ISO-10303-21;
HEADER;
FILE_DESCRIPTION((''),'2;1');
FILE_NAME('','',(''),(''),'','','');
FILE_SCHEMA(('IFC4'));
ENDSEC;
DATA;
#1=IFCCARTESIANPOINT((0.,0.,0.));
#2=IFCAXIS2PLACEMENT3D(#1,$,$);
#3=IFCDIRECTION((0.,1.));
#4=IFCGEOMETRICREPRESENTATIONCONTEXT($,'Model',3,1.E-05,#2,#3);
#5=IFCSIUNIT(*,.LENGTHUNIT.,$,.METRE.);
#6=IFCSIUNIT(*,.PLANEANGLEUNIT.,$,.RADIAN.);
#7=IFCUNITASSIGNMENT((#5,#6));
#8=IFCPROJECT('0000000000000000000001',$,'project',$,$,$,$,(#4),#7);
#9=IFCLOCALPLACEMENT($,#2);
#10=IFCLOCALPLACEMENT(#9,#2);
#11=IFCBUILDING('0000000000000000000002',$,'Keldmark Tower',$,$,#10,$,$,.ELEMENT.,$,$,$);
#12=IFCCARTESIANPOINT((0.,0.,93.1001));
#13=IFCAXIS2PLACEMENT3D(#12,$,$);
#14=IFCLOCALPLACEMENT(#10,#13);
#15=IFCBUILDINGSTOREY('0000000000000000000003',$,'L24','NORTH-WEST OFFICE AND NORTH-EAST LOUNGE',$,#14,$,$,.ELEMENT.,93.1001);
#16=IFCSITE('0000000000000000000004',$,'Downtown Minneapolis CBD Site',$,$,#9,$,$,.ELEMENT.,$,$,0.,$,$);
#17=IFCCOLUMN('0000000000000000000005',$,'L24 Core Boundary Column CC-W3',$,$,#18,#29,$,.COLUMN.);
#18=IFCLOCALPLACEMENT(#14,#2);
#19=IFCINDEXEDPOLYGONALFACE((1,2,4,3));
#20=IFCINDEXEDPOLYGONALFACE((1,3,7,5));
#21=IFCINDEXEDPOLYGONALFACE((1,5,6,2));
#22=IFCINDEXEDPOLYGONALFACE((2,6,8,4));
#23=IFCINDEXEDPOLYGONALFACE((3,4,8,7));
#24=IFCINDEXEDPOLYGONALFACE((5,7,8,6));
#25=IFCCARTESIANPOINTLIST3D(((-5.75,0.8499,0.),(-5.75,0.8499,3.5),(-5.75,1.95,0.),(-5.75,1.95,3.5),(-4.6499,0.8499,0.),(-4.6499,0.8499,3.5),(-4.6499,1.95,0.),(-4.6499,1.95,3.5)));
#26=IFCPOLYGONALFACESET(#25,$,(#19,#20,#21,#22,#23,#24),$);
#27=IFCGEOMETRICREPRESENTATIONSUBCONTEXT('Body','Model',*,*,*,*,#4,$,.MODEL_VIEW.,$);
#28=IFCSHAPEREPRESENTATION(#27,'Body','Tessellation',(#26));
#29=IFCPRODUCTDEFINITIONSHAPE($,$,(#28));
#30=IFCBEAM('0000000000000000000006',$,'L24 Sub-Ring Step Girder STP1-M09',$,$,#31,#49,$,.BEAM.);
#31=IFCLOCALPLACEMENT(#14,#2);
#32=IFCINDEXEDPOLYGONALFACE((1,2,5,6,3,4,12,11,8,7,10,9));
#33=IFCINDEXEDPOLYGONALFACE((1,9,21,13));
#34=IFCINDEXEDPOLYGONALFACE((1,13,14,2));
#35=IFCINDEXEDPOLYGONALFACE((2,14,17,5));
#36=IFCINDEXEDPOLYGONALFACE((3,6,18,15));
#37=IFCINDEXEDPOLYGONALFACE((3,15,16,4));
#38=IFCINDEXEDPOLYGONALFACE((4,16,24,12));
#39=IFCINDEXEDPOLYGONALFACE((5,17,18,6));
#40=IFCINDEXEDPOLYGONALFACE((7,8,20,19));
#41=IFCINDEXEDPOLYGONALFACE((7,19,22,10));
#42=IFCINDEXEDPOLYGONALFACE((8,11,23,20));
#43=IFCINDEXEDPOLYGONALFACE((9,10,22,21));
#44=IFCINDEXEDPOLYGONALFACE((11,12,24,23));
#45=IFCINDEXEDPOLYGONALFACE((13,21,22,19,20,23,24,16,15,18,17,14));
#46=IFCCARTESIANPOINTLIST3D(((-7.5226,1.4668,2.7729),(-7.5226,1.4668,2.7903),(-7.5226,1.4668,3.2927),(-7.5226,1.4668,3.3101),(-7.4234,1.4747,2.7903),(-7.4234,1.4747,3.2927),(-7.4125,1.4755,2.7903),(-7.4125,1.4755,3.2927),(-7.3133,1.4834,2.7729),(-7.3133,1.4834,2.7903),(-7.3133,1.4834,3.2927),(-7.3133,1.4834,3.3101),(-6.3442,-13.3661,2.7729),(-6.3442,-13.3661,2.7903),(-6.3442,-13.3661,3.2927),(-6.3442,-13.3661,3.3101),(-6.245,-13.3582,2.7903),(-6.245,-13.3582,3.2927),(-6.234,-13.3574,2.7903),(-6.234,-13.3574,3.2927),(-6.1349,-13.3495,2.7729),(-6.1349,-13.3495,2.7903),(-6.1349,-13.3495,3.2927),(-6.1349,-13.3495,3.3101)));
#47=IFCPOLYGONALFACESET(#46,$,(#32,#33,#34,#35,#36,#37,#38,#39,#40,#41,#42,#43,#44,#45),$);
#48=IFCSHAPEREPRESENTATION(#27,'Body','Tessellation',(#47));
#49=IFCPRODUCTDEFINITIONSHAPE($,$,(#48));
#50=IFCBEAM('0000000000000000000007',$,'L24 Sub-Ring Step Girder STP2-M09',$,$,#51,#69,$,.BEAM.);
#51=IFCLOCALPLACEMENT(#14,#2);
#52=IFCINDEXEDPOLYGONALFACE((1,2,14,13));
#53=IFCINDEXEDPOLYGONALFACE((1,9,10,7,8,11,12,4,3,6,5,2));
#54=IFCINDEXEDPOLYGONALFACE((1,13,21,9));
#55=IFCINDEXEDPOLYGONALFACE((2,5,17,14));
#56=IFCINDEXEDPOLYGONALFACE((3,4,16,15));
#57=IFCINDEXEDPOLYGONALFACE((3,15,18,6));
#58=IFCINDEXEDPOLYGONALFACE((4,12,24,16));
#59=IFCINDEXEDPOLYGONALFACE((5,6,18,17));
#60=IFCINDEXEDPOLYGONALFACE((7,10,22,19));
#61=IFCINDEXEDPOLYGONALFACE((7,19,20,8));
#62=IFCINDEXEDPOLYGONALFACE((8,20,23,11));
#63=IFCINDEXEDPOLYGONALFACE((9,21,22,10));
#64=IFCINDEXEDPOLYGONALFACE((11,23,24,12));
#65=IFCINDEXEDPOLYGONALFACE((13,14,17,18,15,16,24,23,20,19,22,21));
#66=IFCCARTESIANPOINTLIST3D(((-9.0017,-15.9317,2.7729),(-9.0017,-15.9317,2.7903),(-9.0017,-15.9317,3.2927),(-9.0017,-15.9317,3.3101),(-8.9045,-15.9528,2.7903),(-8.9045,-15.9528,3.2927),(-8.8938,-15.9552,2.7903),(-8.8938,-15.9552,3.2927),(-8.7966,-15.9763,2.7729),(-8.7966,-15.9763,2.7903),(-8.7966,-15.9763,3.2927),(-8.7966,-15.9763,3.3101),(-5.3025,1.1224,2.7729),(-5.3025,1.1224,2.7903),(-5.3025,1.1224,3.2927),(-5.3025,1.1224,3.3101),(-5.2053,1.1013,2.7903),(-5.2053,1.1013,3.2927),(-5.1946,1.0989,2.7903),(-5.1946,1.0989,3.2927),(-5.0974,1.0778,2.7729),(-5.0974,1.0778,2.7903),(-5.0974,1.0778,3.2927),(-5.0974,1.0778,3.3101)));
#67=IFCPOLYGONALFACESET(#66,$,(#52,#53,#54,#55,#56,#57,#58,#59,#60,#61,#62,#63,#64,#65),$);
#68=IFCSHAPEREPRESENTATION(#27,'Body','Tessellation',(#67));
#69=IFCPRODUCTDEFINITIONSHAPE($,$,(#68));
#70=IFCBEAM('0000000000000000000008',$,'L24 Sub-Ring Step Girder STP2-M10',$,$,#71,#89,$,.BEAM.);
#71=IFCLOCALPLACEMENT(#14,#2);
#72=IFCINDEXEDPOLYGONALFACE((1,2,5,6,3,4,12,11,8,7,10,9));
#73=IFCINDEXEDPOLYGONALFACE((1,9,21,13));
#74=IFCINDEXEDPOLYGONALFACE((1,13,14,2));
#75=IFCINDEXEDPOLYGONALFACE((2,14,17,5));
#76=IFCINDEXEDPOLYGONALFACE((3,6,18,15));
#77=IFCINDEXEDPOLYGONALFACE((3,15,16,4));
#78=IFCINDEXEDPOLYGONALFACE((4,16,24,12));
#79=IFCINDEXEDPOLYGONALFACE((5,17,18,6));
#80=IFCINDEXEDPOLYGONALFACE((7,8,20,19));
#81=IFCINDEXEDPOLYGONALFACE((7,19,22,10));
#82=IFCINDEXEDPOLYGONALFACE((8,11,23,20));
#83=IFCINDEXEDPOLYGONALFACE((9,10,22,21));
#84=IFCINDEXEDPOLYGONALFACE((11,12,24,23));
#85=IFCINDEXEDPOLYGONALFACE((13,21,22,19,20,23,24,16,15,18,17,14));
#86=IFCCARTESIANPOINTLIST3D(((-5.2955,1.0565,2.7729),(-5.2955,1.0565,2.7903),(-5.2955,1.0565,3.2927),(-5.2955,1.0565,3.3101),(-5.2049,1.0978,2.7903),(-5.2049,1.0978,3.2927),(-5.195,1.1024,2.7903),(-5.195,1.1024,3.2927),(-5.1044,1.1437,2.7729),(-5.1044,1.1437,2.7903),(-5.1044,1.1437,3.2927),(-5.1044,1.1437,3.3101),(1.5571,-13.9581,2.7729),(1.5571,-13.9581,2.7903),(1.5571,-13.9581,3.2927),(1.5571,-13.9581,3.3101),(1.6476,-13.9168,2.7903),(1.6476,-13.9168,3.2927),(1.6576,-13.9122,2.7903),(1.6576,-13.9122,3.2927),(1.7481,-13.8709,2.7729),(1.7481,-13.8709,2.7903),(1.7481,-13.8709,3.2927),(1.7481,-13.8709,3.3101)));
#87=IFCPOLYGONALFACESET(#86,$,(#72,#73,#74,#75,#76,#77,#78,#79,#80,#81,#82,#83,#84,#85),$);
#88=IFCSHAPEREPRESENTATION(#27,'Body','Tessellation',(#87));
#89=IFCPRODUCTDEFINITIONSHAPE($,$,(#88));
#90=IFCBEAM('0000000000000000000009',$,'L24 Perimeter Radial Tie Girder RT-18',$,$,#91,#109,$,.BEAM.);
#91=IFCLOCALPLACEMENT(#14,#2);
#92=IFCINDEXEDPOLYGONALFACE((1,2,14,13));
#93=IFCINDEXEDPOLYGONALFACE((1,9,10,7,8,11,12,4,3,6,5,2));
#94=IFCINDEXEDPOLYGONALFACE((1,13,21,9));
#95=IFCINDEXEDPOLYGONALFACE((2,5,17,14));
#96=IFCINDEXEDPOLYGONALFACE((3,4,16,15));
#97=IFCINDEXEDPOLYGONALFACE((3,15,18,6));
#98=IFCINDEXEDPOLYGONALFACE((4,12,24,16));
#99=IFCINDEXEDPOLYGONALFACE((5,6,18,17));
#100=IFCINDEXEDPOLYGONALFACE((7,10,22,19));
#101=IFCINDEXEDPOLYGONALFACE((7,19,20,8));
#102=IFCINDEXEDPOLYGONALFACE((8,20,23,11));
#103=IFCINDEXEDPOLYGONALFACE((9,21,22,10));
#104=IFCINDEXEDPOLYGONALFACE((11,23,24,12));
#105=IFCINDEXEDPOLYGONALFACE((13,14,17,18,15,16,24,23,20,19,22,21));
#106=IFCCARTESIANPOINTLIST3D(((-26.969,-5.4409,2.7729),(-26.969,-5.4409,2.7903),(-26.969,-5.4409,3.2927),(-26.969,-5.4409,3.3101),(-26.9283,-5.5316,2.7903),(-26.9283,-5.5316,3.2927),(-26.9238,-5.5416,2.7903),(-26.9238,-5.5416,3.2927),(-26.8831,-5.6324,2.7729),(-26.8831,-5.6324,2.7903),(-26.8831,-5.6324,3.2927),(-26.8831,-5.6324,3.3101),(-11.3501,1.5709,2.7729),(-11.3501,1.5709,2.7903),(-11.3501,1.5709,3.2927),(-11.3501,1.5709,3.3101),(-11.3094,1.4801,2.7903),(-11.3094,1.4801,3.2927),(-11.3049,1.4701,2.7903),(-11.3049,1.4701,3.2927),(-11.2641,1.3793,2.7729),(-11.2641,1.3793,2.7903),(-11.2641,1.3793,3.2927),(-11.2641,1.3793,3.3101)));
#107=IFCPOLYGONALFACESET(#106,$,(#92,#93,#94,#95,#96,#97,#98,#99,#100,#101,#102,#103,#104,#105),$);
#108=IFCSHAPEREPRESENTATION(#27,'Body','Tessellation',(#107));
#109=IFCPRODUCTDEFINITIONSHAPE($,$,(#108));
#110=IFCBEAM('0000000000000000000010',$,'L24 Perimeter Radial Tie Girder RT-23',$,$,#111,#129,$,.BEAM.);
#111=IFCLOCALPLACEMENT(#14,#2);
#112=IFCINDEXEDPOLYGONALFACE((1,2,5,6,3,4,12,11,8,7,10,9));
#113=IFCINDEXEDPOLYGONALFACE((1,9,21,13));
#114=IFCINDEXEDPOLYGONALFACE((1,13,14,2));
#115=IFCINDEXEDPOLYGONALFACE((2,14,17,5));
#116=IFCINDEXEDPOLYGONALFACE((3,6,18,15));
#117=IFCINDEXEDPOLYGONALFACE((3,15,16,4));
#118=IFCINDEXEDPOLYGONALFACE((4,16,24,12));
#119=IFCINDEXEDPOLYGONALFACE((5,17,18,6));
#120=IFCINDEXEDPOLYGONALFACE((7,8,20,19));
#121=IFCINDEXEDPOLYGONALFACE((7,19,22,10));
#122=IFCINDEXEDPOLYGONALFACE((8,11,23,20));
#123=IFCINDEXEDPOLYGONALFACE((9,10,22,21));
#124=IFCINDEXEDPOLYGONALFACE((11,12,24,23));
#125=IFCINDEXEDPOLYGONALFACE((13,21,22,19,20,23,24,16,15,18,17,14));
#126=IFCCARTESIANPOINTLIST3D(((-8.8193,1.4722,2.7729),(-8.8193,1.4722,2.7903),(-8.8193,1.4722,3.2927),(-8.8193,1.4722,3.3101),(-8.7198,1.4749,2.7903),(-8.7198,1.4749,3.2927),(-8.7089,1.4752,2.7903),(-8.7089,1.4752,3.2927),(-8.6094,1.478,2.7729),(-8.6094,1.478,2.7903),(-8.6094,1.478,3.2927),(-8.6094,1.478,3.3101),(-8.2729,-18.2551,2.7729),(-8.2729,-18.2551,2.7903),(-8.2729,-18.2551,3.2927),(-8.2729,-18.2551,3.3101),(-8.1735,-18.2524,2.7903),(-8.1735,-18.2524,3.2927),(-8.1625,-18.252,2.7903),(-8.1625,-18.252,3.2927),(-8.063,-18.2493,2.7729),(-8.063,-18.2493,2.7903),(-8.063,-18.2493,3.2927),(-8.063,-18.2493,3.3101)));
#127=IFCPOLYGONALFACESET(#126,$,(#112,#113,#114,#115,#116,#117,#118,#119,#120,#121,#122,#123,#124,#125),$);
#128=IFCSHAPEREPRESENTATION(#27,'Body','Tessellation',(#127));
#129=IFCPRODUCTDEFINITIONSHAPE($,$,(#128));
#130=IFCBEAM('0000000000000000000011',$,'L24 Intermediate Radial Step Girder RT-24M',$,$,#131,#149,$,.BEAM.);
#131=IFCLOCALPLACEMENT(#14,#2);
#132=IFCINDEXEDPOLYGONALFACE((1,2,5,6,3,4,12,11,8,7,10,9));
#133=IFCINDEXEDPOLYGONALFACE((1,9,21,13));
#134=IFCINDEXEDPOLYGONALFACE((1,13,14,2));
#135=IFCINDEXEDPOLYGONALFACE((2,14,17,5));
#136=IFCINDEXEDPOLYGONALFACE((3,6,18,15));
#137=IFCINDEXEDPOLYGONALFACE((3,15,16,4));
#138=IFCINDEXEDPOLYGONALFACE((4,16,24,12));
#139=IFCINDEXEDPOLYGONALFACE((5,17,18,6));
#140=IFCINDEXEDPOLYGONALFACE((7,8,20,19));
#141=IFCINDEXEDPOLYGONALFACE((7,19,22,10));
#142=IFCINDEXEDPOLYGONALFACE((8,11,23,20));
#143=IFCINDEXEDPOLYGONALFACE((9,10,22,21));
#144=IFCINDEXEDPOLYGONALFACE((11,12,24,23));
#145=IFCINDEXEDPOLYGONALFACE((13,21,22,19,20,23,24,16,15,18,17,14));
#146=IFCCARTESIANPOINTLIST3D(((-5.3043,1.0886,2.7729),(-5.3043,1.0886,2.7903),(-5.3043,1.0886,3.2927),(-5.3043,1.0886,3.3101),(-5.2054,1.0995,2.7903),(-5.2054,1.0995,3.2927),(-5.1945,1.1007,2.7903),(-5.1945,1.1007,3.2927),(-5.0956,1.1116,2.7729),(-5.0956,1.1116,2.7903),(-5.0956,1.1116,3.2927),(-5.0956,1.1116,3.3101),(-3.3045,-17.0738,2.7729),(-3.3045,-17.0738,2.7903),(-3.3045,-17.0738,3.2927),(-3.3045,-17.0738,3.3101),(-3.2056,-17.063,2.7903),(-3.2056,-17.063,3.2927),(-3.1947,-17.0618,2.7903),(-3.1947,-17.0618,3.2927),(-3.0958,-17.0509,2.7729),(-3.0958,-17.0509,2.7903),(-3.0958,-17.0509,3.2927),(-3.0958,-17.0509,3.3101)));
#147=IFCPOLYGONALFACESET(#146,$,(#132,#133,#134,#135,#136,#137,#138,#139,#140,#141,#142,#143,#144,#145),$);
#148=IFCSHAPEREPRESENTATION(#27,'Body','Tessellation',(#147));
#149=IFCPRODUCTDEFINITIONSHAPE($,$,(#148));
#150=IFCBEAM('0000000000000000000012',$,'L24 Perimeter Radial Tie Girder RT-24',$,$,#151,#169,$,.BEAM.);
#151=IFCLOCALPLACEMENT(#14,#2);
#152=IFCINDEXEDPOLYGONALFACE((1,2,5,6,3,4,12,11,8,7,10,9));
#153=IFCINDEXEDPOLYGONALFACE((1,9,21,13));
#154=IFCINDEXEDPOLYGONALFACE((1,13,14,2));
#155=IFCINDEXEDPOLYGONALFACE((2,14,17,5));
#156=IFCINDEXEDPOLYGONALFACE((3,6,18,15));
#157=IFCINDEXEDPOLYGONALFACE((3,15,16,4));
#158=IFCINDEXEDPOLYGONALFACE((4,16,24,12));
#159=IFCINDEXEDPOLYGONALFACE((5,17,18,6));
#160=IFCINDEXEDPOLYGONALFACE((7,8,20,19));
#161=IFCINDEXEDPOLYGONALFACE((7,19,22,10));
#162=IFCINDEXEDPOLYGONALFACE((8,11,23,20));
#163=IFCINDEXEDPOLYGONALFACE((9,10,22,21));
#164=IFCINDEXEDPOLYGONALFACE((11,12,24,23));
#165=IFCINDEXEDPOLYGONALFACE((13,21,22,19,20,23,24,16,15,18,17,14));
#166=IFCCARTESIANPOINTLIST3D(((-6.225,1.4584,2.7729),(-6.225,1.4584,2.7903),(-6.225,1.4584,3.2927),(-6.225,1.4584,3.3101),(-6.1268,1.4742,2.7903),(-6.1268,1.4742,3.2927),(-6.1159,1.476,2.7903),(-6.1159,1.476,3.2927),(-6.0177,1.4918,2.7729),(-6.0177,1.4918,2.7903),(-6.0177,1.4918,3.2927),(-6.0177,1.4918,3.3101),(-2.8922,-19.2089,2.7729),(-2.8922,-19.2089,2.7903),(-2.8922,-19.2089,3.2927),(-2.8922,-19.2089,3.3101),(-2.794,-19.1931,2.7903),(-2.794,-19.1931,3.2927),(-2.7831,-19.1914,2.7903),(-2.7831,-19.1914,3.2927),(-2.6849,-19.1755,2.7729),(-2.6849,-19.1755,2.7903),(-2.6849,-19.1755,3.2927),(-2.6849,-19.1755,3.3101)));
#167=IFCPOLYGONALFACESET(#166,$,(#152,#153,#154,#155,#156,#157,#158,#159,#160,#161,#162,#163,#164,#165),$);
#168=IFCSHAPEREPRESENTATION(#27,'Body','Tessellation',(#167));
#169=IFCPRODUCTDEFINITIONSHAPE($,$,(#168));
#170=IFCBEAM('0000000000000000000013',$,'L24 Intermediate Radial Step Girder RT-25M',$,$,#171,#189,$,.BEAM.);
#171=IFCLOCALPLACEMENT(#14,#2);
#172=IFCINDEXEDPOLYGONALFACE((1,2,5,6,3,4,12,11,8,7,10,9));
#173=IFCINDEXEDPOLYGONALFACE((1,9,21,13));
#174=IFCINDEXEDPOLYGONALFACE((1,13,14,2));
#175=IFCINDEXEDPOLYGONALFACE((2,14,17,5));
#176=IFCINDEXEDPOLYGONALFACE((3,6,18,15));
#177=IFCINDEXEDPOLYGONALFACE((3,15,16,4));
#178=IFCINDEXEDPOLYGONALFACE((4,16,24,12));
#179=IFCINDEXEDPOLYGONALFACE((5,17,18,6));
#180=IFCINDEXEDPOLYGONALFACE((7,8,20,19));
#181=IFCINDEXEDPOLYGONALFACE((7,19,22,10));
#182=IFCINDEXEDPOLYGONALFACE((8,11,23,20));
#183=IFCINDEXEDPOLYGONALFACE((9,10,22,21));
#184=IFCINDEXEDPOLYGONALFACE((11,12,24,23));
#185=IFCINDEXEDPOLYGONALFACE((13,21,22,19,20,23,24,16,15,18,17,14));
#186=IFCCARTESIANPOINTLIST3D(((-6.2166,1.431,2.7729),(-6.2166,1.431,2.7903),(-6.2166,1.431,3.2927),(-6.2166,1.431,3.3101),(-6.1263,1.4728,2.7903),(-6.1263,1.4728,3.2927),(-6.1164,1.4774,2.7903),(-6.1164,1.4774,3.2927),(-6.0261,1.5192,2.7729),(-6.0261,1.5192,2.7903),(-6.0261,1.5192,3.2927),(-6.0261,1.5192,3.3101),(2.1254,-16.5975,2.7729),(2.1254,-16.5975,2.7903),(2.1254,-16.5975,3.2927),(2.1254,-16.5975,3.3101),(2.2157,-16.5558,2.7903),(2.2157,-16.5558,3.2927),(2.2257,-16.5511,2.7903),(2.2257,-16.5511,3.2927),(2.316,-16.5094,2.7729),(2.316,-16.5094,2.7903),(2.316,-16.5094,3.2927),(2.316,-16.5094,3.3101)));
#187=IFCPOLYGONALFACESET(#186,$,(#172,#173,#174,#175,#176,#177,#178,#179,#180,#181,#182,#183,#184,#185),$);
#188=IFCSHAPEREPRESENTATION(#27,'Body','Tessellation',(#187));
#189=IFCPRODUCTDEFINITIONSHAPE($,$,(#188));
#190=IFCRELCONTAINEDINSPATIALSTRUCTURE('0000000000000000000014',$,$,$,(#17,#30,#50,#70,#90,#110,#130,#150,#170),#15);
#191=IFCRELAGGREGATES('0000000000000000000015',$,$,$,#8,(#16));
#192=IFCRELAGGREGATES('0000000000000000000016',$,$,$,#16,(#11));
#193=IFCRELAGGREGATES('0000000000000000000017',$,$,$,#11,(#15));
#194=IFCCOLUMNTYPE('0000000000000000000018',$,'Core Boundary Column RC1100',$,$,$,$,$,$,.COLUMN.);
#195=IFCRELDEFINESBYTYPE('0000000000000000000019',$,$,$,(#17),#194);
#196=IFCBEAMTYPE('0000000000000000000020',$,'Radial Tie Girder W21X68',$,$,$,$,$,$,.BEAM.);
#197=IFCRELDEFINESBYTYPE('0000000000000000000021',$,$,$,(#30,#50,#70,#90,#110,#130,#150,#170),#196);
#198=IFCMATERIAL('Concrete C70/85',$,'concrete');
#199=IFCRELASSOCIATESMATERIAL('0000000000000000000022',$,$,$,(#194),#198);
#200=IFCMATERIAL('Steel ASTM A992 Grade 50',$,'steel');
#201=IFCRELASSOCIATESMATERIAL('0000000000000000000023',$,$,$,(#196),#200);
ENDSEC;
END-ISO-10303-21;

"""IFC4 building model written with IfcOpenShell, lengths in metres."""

from ifc_helpers import new_model, si_unit, direction, frame, origin, origin_2d, place, context, subcontext, project, spatial, rectangle, i_section, extrude, material, material_profile, profile_set, type_object, element, save


model = new_model("IFC4")

# Units and contexts
model_context = context("Model", 3, precision=1e-05, world=origin(), true_north=direction((0.0, 1.0)))
body_context = subcontext(model_context, "Body", "Model", "MODEL_VIEW")
ifc_project = project(units=[si_unit("LENGTHUNIT", "METRE"), si_unit("PLANEANGLEUNIT", "RADIAN")], contexts=[model_context])

# Site, building, storey
site_placement = place(None, origin())
site = spatial("IfcSite", under=ifc_project, at=site_placement, Name="Downtown Minneapolis CBD Site", CompositionType="ELEMENT", RefElevation=0.0)
building_placement = place(site_placement, origin())
building = spatial("IfcBuilding", under=site, at=building_placement, Name="Keldmark Tower", CompositionType="ELEMENT")
storey_placement = place(building_placement, frame((0.0, 0.0, 93.1001)))
storey = spatial("IfcBuildingStorey", under=building, at=storey_placement, Name="L24", Description="NORTH-WEST OFFICE AND NORTH-EAST LOUNGE", CompositionType="ELEMENT", Elevation=93.1001)

# Column
ifc_material_1 = material(Name="Concrete C70/85", Category="concrete")
ifc_material_profile_1 = material_profile(ifc_material_1, rectangle(XDim=1.1001, YDim=1.1001, at=origin_2d()), Name="RC1100X1100")
ifc_profile_set_1 = profile_set([ifc_material_profile_1], Name="Concrete C70/85")
column_type = type_object("IfcColumnType", Name="Core Boundary Column RC1100", PredefinedType="COLUMN", material=ifc_profile_set_1)
column_placement = place(storey_placement, frame((-5.2, 1.3999, 0.0), z_axis=(0.0, 0.0, 1.0), x_axis=(1.0, 0.0, 0.0)))
element("IfcColumn", 1, at=column_placement, inside=storey, type_object=column_type, Name="L24 Core Boundary Column CC-W3", PredefinedType="COLUMN", context=body_context, shape_type="SweptSolid", body=[
    extrude(rectangle(XDim=1.1001, YDim=1.1001, at=origin_2d()), origin(), (0.0, 0.0, 1.0), 3.5),
])

# Beams
ifc_material_2 = material(Name="Steel ASTM A992 Grade 50", Category="steel")
ifc_material_profile_2 = material_profile(ifc_material_2, i_section(OverallWidth=0.21, OverallDepth=0.5371, WebThickness=0.011, FlangeThickness=0.0173, at=origin_2d()), Name="W21X68")
ifc_profile_set_2 = profile_set([ifc_material_profile_2], Name="Steel ASTM A992 Grade 50")
beam_type = type_object("IfcBeamType", Name="Radial Tie Girder W21X68", PredefinedType="BEAM", material=ifc_profile_set_2)
beam_1_placement = place(storey_placement, frame((-7.418, 1.4751, 3.0415), z_axis=(0.079199, -0.996859, 0.0), x_axis=(0.996859, 0.079199, 0.0)))
element("IfcBeam", 2, at=beam_1_placement, inside=storey, type_object=beam_type, Name="L24 Sub-Ring Step Girder STP1-M09", PredefinedType="BEAM", context=body_context, shape_type="SweptSolid", body=[
    extrude(i_section(OverallWidth=0.21, OverallDepth=0.5371, WebThickness=0.011, FlangeThickness=0.0173, at=origin_2d()), origin(), (0.0, 0.0, 1.0), 14.8796),
])
beam_2_placement = place(storey_placement, frame((-5.2, 1.1001, 3.0415), z_axis=(-0.21198, -0.977274, 0.0), x_axis=(0.977274, -0.21198, 0.0)))
element("IfcBeam", 3, at=beam_2_placement, inside=storey, type_object=beam_type, Name="L24 Sub-Ring Step Girder STP2-M09", PredefinedType="BEAM", context=body_context, shape_type="SweptSolid", body=[
    extrude(i_section(OverallWidth=0.21, OverallDepth=0.5371, WebThickness=0.011, FlangeThickness=0.0173, at=origin_2d()), origin(), (0.0, 0.0, 1.0), 17.4507),
])
beam_3_placement = place(storey_placement, frame((-5.2, 1.1001, 3.0415), z_axis=(0.415193, -0.909733, 0.0), x_axis=(0.909733, 0.415193, 0.0)))
element("IfcBeam", 4, at=beam_3_placement, inside=storey, type_object=beam_type, Name="L24 Sub-Ring Step Girder STP2-M10", PredefinedType="BEAM", context=body_context, shape_type="SweptSolid", body=[
    extrude(i_section(OverallWidth=0.21, OverallDepth=0.5371, WebThickness=0.011, FlangeThickness=0.0173, at=origin_2d()), origin(), (0.0, 0.0, 1.0), 16.5044),
])
beam_4_placement = place(storey_placement, frame((-11.3071, 1.4751, 3.0415), z_axis=(-0.912288, -0.409549, 0.0), x_axis=(0.409549, -0.912288, 0.0)))
element("IfcBeam", 5, at=beam_4_placement, inside=storey, type_object=beam_type, Name="L24 Perimeter Radial Tie Girder RT-18", PredefinedType="BEAM", context=body_context, shape_type="SweptSolid", body=[
    extrude(i_section(OverallWidth=0.21, OverallDepth=0.5371, WebThickness=0.011, FlangeThickness=0.0173, at=origin_2d()), origin(), (0.0, 0.0, 1.0), 17.1206),
])
beam_5_placement = place(storey_placement, frame((-8.7144, 1.4751, 3.0415), z_axis=(0.027686, -0.999617, 0.0), x_axis=(0.999617, 0.027686, 0.0)))
element("IfcBeam", 6, at=beam_5_placement, inside=storey, type_object=beam_type, Name="L24 Perimeter Radial Tie Girder RT-23", PredefinedType="BEAM", context=body_context, shape_type="SweptSolid", body=[
    extrude(i_section(OverallWidth=0.21, OverallDepth=0.5371, WebThickness=0.011, FlangeThickness=0.0173, at=origin_2d()), origin(), (0.0, 0.0, 1.0), 19.7349),
])
beam_6_placement = place(storey_placement, frame((-5.2, 1.1001, 3.0415), z_axis=(0.109443, -0.993993, 0.0), x_axis=(0.993993, 0.109443, 0.0)))
element("IfcBeam", 7, at=beam_6_placement, inside=storey, type_object=beam_type, Name="L24 Intermediate Radial Step Girder RT-24M", PredefinedType="BEAM", context=body_context, shape_type="SweptSolid", body=[
    extrude(i_section(OverallWidth=0.21, OverallDepth=0.5371, WebThickness=0.011, FlangeThickness=0.0173, at=origin_2d()), origin(), (0.0, 0.0, 1.0), 18.2722),
])
beam_7_placement = place(storey_placement, frame((-6.1213, 1.4751, 3.0415), z_axis=(0.159202, -0.987246, 0.0), x_axis=(0.987246, 0.159202, 0.0)))
element("IfcBeam", 8, at=beam_7_placement, inside=storey, type_object=beam_type, Name="L24 Perimeter Radial Tie Girder RT-24", PredefinedType="BEAM", context=body_context, shape_type="SweptSolid", body=[
    extrude(i_section(OverallWidth=0.21, OverallDepth=0.5371, WebThickness=0.011, FlangeThickness=0.0173, at=origin_2d()), origin(), (0.0, 0.0, 1.0), 20.9343),
])
beam_8_placement = place(storey_placement, frame((-6.1213, 1.4751, 3.0415), z_axis=(0.419936, -0.907554, 0.0), x_axis=(0.907554, 0.419936, 0.0)))
element("IfcBeam", 9, at=beam_8_placement, inside=storey, type_object=beam_type, Name="L24 Intermediate Radial Step Girder RT-25M", PredefinedType="BEAM", context=body_context, shape_type="SweptSolid", body=[
    extrude(i_section(OverallWidth=0.21, OverallDepth=0.5371, WebThickness=0.011, FlangeThickness=0.0173, at=origin_2d()), origin(), (0.0, 0.0, 1.0), 19.865),
])

save(model, "model.ifc")
